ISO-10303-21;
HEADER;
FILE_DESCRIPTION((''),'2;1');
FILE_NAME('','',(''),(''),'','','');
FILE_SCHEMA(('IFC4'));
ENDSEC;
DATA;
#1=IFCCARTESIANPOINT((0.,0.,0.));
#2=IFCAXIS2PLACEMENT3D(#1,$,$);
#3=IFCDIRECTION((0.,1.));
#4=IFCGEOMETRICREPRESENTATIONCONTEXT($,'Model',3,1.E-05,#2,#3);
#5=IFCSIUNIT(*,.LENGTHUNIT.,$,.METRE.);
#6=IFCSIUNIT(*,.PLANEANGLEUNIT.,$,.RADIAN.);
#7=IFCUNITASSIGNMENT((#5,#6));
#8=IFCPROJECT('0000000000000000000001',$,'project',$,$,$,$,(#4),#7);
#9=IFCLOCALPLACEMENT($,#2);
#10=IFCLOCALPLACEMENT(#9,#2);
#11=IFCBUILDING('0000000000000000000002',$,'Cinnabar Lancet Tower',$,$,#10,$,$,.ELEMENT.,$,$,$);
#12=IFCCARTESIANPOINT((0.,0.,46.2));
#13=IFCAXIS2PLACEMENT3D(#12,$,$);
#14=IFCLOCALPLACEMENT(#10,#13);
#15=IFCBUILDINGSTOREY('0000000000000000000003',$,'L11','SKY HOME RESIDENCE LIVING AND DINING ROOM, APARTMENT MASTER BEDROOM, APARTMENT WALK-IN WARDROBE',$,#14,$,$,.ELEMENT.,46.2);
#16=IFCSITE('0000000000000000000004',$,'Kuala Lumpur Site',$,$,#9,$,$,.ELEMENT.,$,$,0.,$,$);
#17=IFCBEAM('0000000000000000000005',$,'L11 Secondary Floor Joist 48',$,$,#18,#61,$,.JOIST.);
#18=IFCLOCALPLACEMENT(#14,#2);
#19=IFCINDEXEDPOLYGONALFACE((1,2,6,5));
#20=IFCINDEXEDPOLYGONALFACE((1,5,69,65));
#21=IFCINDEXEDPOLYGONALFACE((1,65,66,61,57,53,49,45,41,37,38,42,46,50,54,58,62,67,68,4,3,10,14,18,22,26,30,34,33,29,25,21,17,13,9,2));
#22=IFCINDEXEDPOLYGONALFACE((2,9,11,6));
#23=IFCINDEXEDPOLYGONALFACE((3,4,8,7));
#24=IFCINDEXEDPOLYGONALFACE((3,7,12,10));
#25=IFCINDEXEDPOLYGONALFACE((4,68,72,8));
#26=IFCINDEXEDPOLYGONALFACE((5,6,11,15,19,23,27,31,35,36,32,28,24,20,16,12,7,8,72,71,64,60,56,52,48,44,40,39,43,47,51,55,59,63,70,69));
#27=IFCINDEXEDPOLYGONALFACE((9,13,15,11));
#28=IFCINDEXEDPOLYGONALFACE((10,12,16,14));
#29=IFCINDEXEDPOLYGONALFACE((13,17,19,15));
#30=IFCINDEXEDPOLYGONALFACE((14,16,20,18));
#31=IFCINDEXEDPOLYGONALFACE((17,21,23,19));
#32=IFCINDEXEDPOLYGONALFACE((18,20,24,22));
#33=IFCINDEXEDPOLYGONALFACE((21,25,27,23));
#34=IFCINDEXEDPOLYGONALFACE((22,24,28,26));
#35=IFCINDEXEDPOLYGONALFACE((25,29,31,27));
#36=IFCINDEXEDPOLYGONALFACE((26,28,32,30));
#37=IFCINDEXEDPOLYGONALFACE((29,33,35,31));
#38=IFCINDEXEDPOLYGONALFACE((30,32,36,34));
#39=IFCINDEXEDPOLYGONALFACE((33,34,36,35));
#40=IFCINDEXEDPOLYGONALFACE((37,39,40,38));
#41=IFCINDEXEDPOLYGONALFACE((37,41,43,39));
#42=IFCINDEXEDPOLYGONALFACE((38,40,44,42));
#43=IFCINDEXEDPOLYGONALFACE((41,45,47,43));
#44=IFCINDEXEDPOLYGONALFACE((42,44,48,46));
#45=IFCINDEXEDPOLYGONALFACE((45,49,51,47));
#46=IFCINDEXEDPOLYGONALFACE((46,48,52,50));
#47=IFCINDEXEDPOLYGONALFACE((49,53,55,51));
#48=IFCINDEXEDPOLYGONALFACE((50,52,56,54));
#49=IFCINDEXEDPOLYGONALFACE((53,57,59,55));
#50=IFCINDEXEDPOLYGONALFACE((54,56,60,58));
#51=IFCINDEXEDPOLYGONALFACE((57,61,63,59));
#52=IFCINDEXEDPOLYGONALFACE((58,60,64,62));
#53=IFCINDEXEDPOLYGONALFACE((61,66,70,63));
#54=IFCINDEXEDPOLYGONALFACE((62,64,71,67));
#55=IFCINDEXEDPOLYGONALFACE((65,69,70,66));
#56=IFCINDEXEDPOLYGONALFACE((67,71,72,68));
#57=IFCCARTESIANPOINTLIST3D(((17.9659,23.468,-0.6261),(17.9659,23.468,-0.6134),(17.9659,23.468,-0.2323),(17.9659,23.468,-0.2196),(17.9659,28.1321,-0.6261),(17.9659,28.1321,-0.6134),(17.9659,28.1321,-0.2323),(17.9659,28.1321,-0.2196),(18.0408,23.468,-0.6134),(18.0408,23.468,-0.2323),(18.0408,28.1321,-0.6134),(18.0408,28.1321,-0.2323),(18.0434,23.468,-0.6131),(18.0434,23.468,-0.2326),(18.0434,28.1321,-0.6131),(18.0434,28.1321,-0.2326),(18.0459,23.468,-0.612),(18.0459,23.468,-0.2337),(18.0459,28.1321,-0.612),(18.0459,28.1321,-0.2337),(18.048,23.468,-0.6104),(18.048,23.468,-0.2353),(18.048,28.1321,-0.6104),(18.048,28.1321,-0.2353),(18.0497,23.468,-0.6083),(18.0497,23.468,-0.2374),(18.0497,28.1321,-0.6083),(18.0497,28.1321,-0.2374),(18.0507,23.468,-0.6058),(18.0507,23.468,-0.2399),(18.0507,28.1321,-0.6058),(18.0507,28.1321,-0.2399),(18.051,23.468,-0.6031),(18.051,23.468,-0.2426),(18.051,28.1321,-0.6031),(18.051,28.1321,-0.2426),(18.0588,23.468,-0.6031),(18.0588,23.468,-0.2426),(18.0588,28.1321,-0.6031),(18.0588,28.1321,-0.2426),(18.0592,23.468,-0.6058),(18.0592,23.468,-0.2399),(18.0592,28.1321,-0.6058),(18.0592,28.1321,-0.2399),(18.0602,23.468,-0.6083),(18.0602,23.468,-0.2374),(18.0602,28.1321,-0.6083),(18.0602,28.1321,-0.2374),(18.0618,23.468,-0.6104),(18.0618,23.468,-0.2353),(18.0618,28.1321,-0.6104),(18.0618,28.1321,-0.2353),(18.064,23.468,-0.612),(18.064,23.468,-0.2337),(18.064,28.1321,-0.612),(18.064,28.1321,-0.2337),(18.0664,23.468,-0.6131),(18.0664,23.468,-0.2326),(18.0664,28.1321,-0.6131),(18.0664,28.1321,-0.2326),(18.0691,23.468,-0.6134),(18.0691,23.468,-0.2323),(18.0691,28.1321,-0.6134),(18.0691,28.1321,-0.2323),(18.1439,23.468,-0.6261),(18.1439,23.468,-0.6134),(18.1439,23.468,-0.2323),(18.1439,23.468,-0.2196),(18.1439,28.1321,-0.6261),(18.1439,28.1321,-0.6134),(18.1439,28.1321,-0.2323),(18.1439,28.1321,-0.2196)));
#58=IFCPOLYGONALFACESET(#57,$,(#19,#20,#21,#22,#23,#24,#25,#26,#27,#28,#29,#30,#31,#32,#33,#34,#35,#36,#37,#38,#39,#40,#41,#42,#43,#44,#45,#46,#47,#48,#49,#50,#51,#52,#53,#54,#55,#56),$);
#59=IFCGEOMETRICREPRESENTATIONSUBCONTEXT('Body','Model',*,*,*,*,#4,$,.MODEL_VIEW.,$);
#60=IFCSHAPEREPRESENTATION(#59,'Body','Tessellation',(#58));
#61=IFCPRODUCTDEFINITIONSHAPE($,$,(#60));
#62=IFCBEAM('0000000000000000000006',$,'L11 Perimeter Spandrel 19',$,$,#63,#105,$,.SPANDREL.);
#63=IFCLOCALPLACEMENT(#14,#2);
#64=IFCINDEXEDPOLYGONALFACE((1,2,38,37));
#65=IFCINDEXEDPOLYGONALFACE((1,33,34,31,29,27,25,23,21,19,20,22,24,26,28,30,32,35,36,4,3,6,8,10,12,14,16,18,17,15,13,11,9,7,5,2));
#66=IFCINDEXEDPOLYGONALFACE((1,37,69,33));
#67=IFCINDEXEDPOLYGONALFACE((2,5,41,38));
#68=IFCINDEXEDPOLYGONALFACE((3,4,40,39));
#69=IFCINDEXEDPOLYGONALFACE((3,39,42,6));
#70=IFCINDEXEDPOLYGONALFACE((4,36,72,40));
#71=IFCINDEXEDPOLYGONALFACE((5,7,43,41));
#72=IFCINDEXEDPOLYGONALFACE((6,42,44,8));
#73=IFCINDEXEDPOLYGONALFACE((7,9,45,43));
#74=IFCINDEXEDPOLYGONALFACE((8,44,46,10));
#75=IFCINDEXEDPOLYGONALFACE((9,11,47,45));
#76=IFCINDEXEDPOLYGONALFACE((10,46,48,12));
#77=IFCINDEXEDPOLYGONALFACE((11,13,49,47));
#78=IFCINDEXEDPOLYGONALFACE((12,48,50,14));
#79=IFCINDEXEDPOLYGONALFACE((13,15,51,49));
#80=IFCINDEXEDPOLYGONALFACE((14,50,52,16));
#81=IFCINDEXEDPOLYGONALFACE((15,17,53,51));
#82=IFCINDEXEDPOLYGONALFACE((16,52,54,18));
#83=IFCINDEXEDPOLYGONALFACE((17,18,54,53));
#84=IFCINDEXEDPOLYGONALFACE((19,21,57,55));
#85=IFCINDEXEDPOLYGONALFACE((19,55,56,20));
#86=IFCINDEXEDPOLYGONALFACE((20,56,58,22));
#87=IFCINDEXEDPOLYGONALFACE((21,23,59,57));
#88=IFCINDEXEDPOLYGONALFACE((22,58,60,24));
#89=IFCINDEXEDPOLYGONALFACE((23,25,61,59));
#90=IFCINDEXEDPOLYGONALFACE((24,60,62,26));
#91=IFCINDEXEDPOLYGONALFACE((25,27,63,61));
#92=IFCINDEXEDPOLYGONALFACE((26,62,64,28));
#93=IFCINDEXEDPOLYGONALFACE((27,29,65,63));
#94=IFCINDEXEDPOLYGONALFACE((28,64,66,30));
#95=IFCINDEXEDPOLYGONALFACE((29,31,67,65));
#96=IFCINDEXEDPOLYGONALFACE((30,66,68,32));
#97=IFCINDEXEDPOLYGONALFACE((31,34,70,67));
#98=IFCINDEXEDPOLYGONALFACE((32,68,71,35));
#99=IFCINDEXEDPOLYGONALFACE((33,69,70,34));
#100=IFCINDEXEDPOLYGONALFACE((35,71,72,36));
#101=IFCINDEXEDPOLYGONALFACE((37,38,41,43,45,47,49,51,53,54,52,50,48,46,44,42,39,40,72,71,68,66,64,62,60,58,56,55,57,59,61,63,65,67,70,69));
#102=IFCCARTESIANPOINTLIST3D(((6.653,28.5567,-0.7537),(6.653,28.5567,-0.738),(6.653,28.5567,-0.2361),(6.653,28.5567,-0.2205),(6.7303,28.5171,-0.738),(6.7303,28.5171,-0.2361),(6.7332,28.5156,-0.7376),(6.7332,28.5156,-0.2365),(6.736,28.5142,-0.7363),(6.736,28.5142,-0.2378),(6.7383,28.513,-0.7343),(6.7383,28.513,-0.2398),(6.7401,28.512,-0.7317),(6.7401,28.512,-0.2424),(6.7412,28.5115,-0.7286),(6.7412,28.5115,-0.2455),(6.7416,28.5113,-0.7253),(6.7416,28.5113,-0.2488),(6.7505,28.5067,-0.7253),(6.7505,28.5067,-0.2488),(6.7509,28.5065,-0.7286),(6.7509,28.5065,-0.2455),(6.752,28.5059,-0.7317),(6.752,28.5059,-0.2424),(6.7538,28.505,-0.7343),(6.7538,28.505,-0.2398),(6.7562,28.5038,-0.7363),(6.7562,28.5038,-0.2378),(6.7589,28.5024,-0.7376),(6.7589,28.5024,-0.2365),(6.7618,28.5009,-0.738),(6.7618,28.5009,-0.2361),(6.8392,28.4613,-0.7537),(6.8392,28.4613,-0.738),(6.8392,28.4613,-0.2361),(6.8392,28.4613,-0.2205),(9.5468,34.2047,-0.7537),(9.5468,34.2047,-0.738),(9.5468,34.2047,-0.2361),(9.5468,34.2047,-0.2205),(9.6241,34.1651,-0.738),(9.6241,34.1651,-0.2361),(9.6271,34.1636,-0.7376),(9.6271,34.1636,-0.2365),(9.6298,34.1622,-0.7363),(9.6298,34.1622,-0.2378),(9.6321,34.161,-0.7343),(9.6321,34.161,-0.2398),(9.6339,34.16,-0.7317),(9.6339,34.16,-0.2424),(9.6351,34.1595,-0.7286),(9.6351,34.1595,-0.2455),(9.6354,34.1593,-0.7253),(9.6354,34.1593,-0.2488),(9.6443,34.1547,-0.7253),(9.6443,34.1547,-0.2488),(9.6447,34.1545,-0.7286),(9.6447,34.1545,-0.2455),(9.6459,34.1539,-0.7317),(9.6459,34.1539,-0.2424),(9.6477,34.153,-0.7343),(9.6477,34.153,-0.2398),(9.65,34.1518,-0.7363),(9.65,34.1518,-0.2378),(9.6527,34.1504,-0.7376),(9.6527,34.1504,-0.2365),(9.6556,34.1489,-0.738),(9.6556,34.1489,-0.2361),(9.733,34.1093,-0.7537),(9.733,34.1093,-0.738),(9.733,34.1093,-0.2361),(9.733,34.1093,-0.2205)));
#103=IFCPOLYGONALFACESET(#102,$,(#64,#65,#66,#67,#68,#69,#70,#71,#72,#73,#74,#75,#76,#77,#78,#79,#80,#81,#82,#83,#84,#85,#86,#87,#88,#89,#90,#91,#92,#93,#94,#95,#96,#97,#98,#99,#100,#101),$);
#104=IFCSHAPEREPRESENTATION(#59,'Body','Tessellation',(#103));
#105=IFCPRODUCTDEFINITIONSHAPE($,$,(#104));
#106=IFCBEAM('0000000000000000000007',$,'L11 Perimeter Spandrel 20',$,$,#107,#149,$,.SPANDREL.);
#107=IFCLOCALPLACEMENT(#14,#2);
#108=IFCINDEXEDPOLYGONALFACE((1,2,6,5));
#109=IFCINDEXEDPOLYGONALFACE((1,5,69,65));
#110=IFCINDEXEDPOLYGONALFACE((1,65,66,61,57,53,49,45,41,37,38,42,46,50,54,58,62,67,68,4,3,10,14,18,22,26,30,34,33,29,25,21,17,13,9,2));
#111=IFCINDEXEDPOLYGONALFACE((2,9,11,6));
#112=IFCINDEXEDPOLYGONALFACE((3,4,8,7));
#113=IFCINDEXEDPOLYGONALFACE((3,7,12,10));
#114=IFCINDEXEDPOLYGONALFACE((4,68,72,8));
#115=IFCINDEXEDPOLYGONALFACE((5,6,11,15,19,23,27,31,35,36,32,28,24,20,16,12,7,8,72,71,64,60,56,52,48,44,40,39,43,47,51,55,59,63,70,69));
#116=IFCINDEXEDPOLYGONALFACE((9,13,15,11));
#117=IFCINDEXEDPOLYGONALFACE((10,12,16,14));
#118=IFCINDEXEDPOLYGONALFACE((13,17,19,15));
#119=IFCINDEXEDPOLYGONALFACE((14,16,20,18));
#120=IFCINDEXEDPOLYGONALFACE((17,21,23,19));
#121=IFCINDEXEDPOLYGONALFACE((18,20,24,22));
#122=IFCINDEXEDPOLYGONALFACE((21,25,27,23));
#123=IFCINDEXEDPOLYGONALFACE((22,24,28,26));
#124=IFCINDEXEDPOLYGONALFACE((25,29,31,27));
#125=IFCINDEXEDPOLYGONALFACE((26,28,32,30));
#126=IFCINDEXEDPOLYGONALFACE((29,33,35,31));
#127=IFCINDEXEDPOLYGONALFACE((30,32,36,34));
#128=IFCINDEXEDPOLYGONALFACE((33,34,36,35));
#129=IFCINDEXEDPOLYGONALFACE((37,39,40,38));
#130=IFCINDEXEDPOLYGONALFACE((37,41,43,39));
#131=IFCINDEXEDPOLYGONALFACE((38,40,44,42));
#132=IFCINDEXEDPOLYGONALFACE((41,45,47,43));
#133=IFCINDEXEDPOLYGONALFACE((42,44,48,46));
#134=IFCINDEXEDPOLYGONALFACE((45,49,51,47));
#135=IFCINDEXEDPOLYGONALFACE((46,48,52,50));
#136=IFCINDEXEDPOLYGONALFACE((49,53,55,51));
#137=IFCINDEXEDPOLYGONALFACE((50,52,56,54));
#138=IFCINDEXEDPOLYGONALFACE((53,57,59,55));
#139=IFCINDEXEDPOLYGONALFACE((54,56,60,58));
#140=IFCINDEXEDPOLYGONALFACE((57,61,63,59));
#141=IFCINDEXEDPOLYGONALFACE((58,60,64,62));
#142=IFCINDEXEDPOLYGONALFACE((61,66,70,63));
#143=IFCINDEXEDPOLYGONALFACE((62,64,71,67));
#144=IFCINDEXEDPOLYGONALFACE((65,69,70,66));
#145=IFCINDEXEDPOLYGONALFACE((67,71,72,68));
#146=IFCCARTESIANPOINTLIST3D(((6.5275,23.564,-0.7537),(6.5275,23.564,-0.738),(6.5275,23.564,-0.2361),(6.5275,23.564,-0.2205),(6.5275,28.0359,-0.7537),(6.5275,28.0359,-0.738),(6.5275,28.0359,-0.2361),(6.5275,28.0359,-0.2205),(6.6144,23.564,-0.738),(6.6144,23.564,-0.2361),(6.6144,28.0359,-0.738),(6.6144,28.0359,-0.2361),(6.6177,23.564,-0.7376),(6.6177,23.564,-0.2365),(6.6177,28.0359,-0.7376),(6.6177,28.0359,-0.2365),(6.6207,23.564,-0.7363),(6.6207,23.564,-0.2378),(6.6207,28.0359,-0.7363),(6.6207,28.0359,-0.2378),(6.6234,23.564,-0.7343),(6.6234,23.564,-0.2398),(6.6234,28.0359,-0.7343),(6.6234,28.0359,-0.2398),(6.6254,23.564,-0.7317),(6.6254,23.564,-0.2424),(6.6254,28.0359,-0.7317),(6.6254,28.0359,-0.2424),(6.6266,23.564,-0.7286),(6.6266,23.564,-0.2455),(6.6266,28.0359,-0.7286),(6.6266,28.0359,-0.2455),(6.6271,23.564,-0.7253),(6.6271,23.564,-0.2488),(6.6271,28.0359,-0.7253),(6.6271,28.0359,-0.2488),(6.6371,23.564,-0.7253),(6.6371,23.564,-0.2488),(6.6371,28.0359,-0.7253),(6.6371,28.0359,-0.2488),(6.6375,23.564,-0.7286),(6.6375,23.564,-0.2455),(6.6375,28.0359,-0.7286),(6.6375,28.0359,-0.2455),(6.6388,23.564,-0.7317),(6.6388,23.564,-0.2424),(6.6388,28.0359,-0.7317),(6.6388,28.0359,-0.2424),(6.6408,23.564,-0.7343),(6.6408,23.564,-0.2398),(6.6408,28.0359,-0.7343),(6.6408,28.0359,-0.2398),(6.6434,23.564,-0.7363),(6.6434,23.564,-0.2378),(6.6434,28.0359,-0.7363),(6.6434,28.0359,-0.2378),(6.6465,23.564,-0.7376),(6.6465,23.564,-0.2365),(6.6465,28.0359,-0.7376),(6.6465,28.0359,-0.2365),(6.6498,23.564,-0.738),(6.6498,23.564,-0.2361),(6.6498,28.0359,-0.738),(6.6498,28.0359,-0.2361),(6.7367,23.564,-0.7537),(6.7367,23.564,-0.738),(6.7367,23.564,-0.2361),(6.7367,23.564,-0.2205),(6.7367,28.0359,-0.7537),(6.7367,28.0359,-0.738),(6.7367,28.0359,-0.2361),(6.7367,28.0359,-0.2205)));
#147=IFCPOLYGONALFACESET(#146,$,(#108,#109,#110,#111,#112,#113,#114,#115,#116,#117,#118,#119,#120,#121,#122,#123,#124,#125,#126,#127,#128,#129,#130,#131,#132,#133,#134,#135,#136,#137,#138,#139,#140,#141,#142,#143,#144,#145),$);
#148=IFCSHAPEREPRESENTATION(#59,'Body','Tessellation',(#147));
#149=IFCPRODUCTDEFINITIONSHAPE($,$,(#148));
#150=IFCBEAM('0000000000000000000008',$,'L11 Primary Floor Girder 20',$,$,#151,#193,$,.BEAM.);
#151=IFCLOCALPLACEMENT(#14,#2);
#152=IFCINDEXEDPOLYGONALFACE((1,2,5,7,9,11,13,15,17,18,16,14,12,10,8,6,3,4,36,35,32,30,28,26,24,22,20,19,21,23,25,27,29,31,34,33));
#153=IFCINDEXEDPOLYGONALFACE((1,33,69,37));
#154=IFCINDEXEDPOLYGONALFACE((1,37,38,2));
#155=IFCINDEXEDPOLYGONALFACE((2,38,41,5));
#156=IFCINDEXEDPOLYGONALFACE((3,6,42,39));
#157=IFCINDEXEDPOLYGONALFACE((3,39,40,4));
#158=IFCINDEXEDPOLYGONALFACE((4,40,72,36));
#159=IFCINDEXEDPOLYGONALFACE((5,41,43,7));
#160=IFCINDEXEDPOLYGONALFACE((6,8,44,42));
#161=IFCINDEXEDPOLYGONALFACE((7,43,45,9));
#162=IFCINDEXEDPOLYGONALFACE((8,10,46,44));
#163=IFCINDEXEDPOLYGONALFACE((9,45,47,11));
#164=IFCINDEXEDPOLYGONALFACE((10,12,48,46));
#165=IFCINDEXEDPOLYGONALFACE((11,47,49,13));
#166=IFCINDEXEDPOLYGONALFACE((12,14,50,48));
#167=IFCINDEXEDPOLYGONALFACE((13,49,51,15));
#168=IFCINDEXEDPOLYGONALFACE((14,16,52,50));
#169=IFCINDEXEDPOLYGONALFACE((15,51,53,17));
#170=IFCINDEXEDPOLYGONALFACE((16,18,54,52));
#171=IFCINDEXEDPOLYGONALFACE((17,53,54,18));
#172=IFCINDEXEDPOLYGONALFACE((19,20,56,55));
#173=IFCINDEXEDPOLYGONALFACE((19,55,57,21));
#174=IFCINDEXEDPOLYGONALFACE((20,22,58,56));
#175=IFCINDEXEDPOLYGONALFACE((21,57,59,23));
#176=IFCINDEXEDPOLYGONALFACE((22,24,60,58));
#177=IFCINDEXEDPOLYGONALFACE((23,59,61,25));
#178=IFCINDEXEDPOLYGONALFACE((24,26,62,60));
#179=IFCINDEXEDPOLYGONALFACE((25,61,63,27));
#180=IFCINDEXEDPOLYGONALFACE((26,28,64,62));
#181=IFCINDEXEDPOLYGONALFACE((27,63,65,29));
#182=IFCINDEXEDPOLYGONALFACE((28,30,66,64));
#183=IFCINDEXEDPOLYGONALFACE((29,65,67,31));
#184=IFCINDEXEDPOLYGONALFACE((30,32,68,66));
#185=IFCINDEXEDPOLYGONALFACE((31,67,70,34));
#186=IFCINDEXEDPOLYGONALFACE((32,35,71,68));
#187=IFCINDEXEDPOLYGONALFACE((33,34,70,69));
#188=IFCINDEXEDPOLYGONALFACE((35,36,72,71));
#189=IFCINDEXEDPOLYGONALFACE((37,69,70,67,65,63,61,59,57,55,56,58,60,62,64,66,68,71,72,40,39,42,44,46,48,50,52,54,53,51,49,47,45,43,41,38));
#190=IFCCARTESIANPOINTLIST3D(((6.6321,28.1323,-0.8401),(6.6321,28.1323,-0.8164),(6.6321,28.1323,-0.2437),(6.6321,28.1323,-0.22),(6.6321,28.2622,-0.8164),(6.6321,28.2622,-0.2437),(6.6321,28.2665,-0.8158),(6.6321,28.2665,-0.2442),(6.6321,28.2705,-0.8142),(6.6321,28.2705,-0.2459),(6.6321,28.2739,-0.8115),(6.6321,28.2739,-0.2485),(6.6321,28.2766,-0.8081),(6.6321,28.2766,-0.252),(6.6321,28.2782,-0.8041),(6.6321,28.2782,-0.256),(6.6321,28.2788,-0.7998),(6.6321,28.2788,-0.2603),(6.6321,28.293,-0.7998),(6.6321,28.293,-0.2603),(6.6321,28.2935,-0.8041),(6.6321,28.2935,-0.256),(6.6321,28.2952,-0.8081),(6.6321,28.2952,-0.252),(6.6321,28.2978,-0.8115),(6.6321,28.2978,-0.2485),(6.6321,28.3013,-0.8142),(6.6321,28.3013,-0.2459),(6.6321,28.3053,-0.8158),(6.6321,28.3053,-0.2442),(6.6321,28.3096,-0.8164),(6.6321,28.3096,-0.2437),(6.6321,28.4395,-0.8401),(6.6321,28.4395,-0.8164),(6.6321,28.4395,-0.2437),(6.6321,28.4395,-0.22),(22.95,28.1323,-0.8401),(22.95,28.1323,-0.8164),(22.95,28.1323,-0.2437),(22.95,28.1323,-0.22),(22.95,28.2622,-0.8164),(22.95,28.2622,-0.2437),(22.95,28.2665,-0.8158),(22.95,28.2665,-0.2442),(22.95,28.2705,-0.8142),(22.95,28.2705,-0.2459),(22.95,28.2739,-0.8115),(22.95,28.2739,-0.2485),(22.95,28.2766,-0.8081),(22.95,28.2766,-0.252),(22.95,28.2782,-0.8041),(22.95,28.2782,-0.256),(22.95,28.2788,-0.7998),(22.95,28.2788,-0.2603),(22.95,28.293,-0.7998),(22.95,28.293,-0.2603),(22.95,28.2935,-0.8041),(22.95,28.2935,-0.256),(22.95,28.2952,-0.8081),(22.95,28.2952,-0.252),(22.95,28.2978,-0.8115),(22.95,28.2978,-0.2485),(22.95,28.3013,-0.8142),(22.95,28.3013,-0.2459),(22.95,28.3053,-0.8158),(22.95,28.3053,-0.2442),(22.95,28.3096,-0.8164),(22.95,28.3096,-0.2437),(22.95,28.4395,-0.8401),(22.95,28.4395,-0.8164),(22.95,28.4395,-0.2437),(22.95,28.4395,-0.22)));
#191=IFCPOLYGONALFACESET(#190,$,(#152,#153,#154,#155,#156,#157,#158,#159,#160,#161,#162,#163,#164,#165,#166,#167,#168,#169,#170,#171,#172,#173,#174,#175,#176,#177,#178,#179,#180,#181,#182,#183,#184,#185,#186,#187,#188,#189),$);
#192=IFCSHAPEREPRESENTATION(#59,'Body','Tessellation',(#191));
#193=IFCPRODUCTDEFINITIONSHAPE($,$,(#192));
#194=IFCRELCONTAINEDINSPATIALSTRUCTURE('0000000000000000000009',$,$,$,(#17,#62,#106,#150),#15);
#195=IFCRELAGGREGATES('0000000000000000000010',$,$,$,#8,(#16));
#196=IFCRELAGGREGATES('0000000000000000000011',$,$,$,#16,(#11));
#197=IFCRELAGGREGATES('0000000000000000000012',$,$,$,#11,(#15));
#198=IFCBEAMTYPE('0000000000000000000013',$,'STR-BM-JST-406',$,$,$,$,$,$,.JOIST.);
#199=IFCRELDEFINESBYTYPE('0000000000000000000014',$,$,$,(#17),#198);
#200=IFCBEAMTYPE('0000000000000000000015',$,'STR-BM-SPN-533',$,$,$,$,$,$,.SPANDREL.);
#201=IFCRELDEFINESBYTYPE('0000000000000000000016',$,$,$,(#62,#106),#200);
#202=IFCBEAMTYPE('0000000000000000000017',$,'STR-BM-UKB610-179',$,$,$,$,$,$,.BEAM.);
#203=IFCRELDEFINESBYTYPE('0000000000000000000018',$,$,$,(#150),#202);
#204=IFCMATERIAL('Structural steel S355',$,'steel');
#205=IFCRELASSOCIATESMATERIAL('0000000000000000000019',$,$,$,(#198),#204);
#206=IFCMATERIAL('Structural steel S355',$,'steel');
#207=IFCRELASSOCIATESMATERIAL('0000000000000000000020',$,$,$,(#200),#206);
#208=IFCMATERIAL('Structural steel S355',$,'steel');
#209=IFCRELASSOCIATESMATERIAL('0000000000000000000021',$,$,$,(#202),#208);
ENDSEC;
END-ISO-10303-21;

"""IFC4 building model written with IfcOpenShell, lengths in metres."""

from ifc_helpers import new_model, si_unit, direction, frame, origin, origin_2d, place, context, subcontext, project, spatial, i_section, extrude, material, material_profile, profile_set, type_object, element, save


model = new_model("IFC4")

# Units and contexts
model_context = context("Model", 3, precision=1e-05, world=origin(), true_north=direction((0.0, 1.0)))
body_context = subcontext(model_context, "Body", "Model", "MODEL_VIEW")
ifc_project = project(units=[si_unit("LENGTHUNIT", "METRE"), si_unit("PLANEANGLEUNIT", "RADIAN")], contexts=[model_context])

# Site, building, storey
site_placement = place(None, origin())
site = spatial("IfcSite", under=ifc_project, at=site_placement, Name="Kuala Lumpur Site", CompositionType="ELEMENT", RefElevation=0.0)
building_placement = place(site_placement, origin())
building = spatial("IfcBuilding", under=site, at=building_placement, Name="Cinnabar Lancet Tower", CompositionType="ELEMENT")
storey_placement = place(building_placement, frame((0.0, 0.0, 46.2)))
storey = spatial("IfcBuildingStorey", under=building, at=storey_placement, Name="L11", Description="SKY HOME RESIDENCE LIVING AND DINING ROOM, APARTMENT MASTER BEDROOM, APARTMENT WALK-IN WARDROBE", CompositionType="ELEMENT", Elevation=46.2)

# Beams
ifc_material_1 = material(Name="Structural steel S355", Category="steel")
ifc_material_profile_1 = material_profile(ifc_material_1, i_section(OverallWidth=0.178, OverallDepth=0.4065, WebThickness=0.0078, FlangeThickness=0.0127, FilletRadius=0.0103, at=origin_2d()), Name="UKB 406x178x60")
ifc_profile_set_1 = profile_set([ifc_material_profile_1], Name="Structural steel S355")
beam_type_1 = type_object("IfcBeamType", Name="STR-BM-JST-406", PredefinedType="JOIST", material=ifc_profile_set_1)
for number, where, z_axis, x_axis, name in (
    (1, (18.0549, 28.1321, -0.4229), (0.0, -1.0, 0.0), (1.0, 0.0, 0.0), "L11 Secondary Floor Joist 48"),
):
    element("IfcBeam", number, at=place(storey_placement, frame(where, z_axis=z_axis, x_axis=x_axis)), inside=storey, type_object=beam_type_1, Name=name, PredefinedType="JOIST", context=body_context, shape_type="SweptSolid", body=[
        extrude(i_section(OverallWidth=0.178, OverallDepth=0.4065, WebThickness=0.0078, FlangeThickness=0.0127, FilletRadius=0.0103, at=origin_2d()), origin(), (0.0, 0.0, 1.0), 4.6641),
    ])
ifc_material_2 = material(Name="Structural steel S355", Category="steel")
ifc_material_profile_2 = material_profile(ifc_material_2, i_section(OverallWidth=0.2092, OverallDepth=0.5332, WebThickness=0.01, FlangeThickness=0.0156, FilletRadius=0.0127, at=origin_2d()), Name="UKB 533x210x92")
ifc_profile_set_2 = profile_set([ifc_material_profile_2], Name="Structural steel S355")
beam_type_2 = type_object("IfcBeamType", Name="STR-BM-SPN-533", PredefinedType="SPANDREL", material=ifc_profile_set_2)
beam_1_placement = place(storey_placement, frame((9.6399, 34.157, -0.4871), z_axis=(-0.455994, -0.889983, 0.0), x_axis=(0.889983, -0.455994, 0.0)))
element("IfcBeam", 2, at=beam_1_placement, inside=storey, type_object=beam_type_2, Name="L11 Perimeter Spandrel 19", PredefinedType="SPANDREL", context=body_context, shape_type="SweptSolid", body=[
    extrude(i_section(OverallWidth=0.2092, OverallDepth=0.5332, WebThickness=0.01, FlangeThickness=0.0156, FilletRadius=0.0127, at=origin_2d()), origin(), (0.0, 0.0, 1.0), 6.3462),
])
beam_2_placement = place(storey_placement, frame((6.6321, 28.0359, -0.4871), z_axis=(0.0, -1.0, 0.0), x_axis=(1.0, 0.0, 0.0)))
element("IfcBeam", 3, at=beam_2_placement, inside=storey, type_object=beam_type_2, Name="L11 Perimeter Spandrel 20", PredefinedType="SPANDREL", context=body_context, shape_type="SweptSolid", body=[
    extrude(i_section(OverallWidth=0.2092, OverallDepth=0.5332, WebThickness=0.01, FlangeThickness=0.0156, FilletRadius=0.0127, at=origin_2d()), origin(), (0.0, 0.0, 1.0), 4.4719),
])
ifc_material_3 = material(Name="Structural steel S355", Category="steel")
ifc_material_profile_3 = material_profile(ifc_material_3, i_section(OverallWidth=0.3071, OverallDepth=0.6201, WebThickness=0.0142, FlangeThickness=0.0237, FilletRadius=0.0166, at=origin_2d()), Name="UKB 610x305x179")
ifc_profile_set_3 = profile_set([ifc_material_profile_3], Name="Structural steel S355")
beam_type_3 = type_object("IfcBeamType", Name="STR-BM-UKB610-179", PredefinedType="BEAM", material=ifc_profile_set_3)
beam_3_placement = place(storey_placement, frame((6.6321, 28.2859, -0.53), z_axis=(1.0, 0.0, 0.0), x_axis=(0.0, 1.0, 0.0)))
element("IfcBeam", 4, at=beam_3_placement, inside=storey, type_object=beam_type_3, Name="L11 Primary Floor Girder 20", PredefinedType="BEAM", context=body_context, shape_type="SweptSolid", body=[
    extrude(i_section(OverallWidth=0.3071, OverallDepth=0.6201, WebThickness=0.0142, FlangeThickness=0.0237, FilletRadius=0.0166, at=origin_2d()), origin(), (0.0, 0.0, 1.0), 16.3179),
])

save(model, "model.ifc")
